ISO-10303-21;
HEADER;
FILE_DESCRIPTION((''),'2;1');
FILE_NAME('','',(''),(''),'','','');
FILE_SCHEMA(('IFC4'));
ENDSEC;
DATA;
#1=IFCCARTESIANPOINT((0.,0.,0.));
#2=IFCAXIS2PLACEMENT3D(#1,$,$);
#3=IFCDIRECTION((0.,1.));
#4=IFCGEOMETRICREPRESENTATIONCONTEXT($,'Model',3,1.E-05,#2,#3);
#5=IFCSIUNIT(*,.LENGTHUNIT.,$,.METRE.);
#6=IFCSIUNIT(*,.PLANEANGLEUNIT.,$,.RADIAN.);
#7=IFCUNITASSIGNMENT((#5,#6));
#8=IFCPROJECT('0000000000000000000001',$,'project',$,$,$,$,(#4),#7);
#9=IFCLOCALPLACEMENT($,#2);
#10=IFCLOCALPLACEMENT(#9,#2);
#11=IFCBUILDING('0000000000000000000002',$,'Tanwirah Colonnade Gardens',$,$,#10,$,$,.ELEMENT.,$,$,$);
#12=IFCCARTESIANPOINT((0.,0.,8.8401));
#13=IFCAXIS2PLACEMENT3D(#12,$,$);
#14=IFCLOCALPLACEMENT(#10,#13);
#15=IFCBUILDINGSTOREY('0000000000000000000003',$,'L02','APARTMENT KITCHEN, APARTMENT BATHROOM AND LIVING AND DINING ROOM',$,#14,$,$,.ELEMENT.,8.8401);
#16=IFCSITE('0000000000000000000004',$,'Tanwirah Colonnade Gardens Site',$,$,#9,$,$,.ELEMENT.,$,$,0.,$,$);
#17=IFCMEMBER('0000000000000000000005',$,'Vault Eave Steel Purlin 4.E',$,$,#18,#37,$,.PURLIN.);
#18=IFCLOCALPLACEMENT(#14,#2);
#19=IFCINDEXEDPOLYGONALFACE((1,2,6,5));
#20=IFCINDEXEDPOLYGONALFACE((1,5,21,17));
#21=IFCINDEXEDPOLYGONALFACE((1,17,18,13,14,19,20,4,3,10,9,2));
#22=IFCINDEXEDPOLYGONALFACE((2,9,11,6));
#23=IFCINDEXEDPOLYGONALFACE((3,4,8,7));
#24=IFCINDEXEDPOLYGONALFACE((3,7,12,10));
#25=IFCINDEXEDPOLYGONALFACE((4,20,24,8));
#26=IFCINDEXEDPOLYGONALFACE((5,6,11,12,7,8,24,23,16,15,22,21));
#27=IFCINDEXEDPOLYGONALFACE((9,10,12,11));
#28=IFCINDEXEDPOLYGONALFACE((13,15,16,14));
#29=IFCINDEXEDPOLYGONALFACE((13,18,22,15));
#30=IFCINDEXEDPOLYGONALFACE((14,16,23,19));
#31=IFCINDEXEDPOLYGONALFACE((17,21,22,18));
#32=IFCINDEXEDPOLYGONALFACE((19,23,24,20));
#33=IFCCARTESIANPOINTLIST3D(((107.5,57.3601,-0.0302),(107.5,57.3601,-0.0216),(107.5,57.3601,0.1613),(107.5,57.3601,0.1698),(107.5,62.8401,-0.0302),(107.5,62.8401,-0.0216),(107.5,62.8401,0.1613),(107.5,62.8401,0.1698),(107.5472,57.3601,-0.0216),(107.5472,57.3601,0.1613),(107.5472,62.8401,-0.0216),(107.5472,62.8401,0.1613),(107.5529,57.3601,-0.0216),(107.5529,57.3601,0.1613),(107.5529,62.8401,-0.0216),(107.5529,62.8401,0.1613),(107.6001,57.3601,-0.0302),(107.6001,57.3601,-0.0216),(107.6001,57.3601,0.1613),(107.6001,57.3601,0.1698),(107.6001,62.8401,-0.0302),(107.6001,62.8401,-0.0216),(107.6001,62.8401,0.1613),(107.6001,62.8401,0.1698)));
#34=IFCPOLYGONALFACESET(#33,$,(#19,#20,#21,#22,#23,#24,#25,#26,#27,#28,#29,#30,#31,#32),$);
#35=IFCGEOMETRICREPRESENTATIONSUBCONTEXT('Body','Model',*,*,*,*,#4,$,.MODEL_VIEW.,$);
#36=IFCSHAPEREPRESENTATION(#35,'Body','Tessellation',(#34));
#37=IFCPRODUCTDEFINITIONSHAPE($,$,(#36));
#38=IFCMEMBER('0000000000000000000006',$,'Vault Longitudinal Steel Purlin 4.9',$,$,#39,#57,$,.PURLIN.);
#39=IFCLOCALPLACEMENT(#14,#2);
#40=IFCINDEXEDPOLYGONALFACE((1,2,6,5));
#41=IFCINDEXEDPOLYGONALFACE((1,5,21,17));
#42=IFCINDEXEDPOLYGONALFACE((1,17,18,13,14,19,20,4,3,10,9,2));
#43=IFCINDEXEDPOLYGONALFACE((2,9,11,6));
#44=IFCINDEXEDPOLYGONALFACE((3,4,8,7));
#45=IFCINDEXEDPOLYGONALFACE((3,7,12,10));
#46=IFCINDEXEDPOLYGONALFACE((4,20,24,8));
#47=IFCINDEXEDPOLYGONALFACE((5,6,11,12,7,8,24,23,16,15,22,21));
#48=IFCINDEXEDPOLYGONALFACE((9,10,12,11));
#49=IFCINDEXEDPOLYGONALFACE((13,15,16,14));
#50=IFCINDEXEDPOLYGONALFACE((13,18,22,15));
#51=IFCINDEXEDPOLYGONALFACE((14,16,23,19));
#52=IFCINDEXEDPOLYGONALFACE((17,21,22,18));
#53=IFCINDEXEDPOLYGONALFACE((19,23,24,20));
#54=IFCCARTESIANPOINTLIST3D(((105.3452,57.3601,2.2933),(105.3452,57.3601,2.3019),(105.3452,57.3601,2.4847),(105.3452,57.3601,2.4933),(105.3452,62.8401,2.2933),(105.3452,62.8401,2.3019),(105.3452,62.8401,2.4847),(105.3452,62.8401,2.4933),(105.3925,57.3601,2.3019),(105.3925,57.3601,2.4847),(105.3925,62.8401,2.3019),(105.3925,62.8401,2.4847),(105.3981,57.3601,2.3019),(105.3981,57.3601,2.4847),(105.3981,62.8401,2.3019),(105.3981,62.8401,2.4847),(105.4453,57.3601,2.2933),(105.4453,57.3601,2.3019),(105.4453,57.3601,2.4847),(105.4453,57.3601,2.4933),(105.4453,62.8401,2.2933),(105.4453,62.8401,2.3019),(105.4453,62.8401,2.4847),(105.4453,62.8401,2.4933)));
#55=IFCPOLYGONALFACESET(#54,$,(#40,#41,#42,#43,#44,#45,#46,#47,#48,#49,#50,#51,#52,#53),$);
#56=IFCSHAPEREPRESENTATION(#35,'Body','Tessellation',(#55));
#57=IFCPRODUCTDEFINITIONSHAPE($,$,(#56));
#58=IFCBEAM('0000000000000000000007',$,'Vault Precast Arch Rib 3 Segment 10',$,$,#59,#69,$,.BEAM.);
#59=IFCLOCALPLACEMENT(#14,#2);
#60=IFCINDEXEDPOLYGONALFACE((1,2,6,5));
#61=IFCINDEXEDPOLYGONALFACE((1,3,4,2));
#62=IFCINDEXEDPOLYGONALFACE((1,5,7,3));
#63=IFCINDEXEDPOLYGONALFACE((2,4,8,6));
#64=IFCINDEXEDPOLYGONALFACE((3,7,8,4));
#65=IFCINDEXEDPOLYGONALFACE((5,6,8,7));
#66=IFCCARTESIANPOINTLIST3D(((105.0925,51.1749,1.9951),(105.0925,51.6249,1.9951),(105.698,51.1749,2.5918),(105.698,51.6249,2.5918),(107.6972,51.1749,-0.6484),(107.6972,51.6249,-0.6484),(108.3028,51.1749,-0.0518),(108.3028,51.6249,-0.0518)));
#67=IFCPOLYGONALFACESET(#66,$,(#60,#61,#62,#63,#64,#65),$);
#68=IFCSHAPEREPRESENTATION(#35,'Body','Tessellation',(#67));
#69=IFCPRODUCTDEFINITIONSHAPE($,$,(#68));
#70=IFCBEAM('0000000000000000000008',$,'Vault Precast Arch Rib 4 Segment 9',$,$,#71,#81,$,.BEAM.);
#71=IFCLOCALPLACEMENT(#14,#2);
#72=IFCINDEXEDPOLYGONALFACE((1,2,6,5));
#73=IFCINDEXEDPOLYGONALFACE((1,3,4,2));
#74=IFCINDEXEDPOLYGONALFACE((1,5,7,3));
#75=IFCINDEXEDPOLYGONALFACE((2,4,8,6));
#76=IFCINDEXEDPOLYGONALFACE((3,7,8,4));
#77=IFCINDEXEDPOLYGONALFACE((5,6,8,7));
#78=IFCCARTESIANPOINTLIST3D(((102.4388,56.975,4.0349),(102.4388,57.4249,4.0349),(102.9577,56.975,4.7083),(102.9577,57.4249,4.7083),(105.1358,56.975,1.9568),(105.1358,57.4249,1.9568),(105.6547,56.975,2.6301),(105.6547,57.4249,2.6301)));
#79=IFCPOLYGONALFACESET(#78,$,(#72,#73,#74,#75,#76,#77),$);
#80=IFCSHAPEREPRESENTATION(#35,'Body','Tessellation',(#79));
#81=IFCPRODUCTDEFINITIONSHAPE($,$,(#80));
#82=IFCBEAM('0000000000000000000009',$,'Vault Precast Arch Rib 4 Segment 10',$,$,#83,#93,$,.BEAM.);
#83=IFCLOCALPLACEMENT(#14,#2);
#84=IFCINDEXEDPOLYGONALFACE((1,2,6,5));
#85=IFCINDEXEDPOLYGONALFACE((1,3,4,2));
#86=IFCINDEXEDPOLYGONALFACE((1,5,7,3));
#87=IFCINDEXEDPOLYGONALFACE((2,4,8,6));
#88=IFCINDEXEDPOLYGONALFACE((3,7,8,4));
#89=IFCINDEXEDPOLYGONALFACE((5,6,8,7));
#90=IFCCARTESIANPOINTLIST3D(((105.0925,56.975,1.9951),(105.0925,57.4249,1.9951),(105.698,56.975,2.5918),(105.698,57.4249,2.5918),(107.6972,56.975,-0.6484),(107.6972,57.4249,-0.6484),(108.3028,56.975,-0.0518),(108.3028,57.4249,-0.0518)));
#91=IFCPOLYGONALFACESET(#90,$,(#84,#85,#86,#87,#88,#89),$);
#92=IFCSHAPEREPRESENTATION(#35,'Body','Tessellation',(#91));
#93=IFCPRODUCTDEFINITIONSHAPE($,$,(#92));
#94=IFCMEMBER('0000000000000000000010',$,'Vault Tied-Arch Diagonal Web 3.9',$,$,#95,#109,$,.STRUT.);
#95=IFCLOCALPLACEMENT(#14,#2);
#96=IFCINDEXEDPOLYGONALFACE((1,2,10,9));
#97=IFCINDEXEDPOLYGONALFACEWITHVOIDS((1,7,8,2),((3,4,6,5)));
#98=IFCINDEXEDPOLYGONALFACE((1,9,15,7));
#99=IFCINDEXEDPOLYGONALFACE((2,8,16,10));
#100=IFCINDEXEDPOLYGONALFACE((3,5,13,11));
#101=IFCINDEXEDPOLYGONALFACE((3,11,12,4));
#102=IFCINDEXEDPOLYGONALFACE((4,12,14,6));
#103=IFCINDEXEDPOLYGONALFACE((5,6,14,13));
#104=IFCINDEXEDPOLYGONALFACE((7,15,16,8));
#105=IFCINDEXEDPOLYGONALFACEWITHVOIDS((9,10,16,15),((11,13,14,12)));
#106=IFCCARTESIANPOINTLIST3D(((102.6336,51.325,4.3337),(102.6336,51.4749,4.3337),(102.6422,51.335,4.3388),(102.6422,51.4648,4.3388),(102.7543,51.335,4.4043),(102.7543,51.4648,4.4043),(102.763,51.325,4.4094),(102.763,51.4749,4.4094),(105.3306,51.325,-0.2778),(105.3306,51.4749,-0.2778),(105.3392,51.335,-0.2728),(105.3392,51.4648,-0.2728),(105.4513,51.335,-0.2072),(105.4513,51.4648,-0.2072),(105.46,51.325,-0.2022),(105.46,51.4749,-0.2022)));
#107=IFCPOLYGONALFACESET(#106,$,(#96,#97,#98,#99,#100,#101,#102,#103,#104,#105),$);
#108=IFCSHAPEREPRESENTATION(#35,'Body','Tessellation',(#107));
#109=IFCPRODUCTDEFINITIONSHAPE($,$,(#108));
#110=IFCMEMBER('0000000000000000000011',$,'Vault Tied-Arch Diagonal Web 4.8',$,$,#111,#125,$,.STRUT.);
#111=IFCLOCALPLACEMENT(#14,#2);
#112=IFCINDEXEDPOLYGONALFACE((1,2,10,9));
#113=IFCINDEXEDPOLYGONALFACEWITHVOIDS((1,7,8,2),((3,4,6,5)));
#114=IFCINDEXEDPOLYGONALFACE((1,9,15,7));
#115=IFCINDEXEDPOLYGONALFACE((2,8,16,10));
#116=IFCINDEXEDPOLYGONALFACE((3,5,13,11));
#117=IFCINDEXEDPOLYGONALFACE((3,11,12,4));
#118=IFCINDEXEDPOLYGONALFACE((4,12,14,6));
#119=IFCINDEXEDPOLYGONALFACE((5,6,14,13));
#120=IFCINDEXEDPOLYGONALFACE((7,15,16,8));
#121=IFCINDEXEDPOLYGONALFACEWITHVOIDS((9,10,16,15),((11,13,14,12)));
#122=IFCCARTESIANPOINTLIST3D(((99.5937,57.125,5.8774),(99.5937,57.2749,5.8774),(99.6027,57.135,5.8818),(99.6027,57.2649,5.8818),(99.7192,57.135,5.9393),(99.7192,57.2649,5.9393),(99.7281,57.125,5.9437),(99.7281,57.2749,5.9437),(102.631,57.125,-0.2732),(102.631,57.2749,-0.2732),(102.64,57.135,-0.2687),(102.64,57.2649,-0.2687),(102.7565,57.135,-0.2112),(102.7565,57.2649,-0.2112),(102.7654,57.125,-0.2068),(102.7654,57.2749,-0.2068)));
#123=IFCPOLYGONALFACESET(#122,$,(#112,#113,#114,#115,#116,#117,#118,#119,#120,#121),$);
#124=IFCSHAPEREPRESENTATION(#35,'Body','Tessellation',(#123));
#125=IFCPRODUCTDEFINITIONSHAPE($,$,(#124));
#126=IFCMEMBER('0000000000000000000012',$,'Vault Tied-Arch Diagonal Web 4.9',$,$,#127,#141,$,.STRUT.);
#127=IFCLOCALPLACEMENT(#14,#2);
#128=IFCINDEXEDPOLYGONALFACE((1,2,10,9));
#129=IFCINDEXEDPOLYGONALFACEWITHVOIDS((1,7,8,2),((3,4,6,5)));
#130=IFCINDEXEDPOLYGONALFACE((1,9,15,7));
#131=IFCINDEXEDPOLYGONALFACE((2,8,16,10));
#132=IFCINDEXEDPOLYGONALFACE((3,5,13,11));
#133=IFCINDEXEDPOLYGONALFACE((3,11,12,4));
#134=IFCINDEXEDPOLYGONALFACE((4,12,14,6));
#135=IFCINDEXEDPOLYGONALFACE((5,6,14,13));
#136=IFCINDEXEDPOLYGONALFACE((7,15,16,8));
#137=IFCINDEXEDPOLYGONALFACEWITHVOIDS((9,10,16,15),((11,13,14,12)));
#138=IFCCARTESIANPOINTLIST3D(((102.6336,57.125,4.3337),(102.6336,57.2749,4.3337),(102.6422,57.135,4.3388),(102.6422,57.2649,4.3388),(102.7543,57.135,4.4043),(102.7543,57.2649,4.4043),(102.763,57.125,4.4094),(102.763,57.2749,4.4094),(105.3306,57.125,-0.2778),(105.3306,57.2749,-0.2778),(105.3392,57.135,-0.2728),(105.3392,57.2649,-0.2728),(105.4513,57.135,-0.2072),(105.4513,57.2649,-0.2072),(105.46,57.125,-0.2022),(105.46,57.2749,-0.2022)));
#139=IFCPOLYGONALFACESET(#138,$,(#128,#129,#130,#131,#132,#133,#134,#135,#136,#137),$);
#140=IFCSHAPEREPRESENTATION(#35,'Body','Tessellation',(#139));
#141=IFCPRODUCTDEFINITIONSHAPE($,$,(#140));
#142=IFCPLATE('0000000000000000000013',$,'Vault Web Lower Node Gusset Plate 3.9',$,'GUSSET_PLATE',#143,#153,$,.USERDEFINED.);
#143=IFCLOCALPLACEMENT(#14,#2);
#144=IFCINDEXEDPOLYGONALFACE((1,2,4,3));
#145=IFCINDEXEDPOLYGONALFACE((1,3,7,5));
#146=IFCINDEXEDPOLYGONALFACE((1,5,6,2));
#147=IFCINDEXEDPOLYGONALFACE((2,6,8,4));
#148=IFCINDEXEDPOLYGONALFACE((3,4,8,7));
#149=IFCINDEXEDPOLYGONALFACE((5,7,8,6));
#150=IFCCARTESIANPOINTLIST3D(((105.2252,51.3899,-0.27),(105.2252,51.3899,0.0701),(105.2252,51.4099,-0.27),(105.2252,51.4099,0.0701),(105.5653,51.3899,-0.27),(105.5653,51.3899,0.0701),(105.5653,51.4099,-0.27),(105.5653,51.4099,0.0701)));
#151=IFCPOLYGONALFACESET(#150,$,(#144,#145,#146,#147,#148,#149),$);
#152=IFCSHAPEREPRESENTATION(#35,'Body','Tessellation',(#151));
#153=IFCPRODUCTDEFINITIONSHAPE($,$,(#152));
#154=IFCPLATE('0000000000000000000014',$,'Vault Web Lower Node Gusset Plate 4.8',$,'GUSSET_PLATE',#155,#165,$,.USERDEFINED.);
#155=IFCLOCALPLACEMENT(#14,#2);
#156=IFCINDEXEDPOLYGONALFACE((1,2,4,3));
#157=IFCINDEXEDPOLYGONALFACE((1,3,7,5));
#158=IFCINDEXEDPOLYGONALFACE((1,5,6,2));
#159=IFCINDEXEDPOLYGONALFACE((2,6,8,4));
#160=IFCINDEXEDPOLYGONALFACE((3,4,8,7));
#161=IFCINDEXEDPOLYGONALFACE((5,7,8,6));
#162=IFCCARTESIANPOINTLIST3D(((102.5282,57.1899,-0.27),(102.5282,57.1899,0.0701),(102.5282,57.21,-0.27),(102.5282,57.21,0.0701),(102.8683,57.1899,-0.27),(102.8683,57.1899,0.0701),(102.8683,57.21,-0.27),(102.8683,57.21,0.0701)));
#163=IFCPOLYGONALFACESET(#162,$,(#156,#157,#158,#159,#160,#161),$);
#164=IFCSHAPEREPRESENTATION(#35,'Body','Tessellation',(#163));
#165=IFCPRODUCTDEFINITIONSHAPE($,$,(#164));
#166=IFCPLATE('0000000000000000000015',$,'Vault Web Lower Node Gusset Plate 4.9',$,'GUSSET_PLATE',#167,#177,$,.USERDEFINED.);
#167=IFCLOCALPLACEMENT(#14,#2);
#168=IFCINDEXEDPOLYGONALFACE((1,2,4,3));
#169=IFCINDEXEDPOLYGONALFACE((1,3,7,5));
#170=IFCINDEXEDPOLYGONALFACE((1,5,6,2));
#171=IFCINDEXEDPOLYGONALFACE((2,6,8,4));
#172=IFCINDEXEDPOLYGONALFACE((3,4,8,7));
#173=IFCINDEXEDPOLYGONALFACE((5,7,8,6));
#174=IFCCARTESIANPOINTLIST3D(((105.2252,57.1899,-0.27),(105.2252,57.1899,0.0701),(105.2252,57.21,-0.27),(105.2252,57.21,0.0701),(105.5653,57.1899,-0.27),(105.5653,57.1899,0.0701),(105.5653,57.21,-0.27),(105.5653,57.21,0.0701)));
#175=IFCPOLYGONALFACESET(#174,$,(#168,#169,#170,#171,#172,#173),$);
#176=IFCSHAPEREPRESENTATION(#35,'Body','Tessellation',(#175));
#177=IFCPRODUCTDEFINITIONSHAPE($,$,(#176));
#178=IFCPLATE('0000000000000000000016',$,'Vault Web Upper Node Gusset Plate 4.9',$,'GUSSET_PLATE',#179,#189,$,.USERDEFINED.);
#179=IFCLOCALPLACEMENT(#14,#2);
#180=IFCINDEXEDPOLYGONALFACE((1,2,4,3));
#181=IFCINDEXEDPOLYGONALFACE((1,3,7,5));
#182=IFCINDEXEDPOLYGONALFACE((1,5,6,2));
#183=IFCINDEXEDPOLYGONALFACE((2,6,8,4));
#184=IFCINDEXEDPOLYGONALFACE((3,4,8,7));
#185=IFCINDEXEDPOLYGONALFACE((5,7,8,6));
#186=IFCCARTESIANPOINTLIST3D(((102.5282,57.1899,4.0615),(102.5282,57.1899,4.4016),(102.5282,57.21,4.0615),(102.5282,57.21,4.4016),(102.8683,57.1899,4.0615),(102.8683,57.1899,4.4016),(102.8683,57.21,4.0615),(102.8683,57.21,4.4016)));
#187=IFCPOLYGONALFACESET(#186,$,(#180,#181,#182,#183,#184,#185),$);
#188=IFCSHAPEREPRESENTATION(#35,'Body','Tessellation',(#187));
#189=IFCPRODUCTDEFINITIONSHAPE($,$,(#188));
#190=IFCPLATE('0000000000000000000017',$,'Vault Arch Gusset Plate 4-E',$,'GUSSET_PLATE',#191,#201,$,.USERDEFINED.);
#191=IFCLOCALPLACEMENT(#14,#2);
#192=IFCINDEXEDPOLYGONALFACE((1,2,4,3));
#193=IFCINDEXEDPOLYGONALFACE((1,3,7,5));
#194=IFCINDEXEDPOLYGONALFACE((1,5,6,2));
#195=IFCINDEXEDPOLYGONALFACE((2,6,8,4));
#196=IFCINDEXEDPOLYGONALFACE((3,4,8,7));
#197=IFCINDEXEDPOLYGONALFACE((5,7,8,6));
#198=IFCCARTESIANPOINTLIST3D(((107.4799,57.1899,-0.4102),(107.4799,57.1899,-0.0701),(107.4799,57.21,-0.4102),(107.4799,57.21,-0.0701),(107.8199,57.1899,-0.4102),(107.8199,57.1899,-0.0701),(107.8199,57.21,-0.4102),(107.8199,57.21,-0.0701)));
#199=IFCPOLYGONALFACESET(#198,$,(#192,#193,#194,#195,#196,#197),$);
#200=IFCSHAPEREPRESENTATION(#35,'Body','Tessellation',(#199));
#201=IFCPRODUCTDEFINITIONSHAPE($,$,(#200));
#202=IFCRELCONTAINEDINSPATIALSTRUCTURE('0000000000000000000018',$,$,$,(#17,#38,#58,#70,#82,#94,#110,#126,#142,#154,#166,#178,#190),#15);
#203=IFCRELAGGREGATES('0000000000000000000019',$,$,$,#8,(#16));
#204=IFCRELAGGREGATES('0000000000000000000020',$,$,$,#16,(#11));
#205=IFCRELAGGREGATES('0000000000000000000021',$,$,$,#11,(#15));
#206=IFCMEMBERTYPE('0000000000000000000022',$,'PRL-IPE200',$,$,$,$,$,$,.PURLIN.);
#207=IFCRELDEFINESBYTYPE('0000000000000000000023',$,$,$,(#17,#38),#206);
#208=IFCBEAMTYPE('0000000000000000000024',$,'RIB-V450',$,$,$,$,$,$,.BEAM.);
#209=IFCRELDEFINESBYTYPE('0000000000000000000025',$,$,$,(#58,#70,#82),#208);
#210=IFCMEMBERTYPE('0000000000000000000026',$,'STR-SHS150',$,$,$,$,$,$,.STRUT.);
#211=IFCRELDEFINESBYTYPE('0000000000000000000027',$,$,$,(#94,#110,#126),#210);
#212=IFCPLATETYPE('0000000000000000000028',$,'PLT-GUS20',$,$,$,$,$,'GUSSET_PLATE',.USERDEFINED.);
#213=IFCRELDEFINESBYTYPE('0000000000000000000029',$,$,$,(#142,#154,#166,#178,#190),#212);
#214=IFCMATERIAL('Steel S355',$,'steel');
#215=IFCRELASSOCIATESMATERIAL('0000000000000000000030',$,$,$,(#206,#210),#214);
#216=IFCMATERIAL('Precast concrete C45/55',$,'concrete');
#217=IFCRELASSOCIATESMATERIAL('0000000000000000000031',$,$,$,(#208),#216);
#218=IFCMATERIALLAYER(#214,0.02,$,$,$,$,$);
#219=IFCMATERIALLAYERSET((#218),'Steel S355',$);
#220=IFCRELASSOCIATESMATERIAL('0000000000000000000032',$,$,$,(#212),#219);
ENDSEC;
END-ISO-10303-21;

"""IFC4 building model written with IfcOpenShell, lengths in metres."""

from ifc_helpers import new_model, si_unit, direction, frame, origin, origin_2d, place, context, subcontext, project, spatial, rectangle, hollow_rectangle, i_section, extrude, material, layer, layer_set, material_profile, profile_set, type_object, element, save


model = new_model("IFC4")

# Units and contexts
model_context = context("Model", 3, precision=1e-05, world=origin(), true_north=direction((0.0, 1.0)))
body_context = subcontext(model_context, "Body", "Model", "MODEL_VIEW")
ifc_project = project(units=[si_unit("LENGTHUNIT", "METRE"), si_unit("PLANEANGLEUNIT", "RADIAN")], contexts=[model_context])

# Site, building, storey
site_placement = place(None, origin())
site = spatial("IfcSite", under=ifc_project, at=site_placement, Name="Tanwirah Colonnade Gardens Site", CompositionType="ELEMENT", RefElevation=0.0)
building_placement = place(site_placement, origin())
building = spatial("IfcBuilding", under=site, at=building_placement, Name="Tanwirah Colonnade Gardens", CompositionType="ELEMENT")
storey_placement = place(building_placement, frame((0.0, 0.0, 8.8401)))
storey = spatial("IfcBuildingStorey", under=building, at=storey_placement, Name="L02", Description="APARTMENT KITCHEN, APARTMENT BATHROOM AND LIVING AND DINING ROOM", CompositionType="ELEMENT", Elevation=8.8401)

# Members
ifc_material_1 = material(Name="Steel S355", Category="steel")
ifc_material_profile_1 = material_profile(ifc_material_1, i_section(OverallWidth=0.1001, OverallDepth=0.2, WebThickness=0.0056, FlangeThickness=0.0085, at=origin_2d()), Name="IPE 200")
ifc_profile_set_1 = profile_set([ifc_material_profile_1], Name="Steel S355")
member_type_1 = type_object("IfcMemberType", Name="PRL-IPE200", PredefinedType="PURLIN", material=ifc_profile_set_1)
for number, where, z_axis, x_axis, name in (
    (1, (107.55, 57.3601, 0.0698), (0.0, 1.0, 0.0), (-1.0, 0.0, 0.0), "Vault Eave Steel Purlin 4.E"),
    (2, (105.3953, 57.3601, 2.3933), (0.0, 1.0, 0.0), (-1.0, 0.0, 0.0), "Vault Longitudinal Steel Purlin 4.9"),
):
    element("IfcMember", number, at=place(storey_placement, frame(where, z_axis=z_axis, x_axis=x_axis)), inside=storey, type_object=member_type_1, Name=name, PredefinedType="PURLIN", context=body_context, shape_type="SweptSolid", body=[
        extrude(i_section(OverallWidth=0.1001, OverallDepth=0.2, WebThickness=0.0056, FlangeThickness=0.0085, at=origin_2d()), origin(), (0.0, 0.0, 1.0), 5.48),
    ])

# Beams
ifc_material_2 = material(Name="Precast concrete C45/55", Category="concrete")
ifc_material_profile_2 = material_profile(ifc_material_2, rectangle(XDim=0.45, YDim=0.8501, at=origin_2d()), Name="PC-RIB 450x850")
ifc_profile_set_2 = profile_set([ifc_material_profile_2], Name="Precast concrete C45/55")
beam_type = type_object("IfcBeamType", Name="RIB-V450", PredefinedType="BEAM", material=ifc_profile_set_2)
beam_1_placement = place(storey_placement, frame((105.3953, 51.3999, 2.2935), z_axis=(0.701858, 0.0, -0.712317), x_axis=(0.0, 1.0, 0.0)))
element("IfcBeam", 3, at=beam_1_placement, inside=storey, type_object=beam_type, Name="Vault Precast Arch Rib 3 Segment 10", PredefinedType="BEAM", context=body_context, shape_type="SweptSolid", body=[
    extrude(rectangle(XDim=0.45, YDim=0.8501, at=origin_2d()), origin(), (0.0, 0.0, 1.0), 3.7112),
])
beam_2_placement = place(storey_placement, frame((102.6982, 57.2, 4.3716), z_axis=(0.792128, 0.0, -0.610355), x_axis=(0.0, 1.0, 0.0)))
element("IfcBeam", 4, at=beam_2_placement, inside=storey, type_object=beam_type, Name="Vault Precast Arch Rib 4 Segment 9", PredefinedType="BEAM", context=body_context, shape_type="SweptSolid", body=[
    extrude(rectangle(XDim=0.45, YDim=0.8501, at=origin_2d()), origin(), (0.0, 0.0, 1.0), 3.4048),
])
beam_3_placement = place(storey_placement, frame((105.3953, 57.2, 2.2935), z_axis=(0.701858, 0.0, -0.712317), x_axis=(0.0, 1.0, 0.0)))
element("IfcBeam", 5, at=beam_3_placement, inside=storey, type_object=beam_type, Name="Vault Precast Arch Rib 4 Segment 10", PredefinedType="BEAM", context=body_context, shape_type="SweptSolid", body=[
    extrude(rectangle(XDim=0.45, YDim=0.8501, at=origin_2d()), origin(), (0.0, 0.0, 1.0), 3.7112),
])

# Members
ifc_material_profile_3 = material_profile(ifc_material_1, hollow_rectangle(XDim=0.1499, YDim=0.1499, WallThickness=0.01, at=origin_2d()), Name="SHS 150x150x10")
ifc_profile_set_3 = profile_set([ifc_material_profile_3], Name="Steel S355")
member_type_2 = type_object("IfcMemberType", Name="STR-SHS150", PredefinedType="STRUT", material=ifc_profile_set_3)
member_1_placement = place(storey_placement, frame((105.3953, 51.3999, -0.24), z_axis=(-0.50484, 0.0, 0.863213), x_axis=(0.0, -1.0, 0.0)))
element("IfcMember", 6, at=member_1_placement, inside=storey, type_object=member_type_2, Name="Vault Tied-Arch Diagonal Web 3.9", PredefinedType="STRUT", context=body_context, shape_type="SweptSolid", body=[
    extrude(hollow_rectangle(XDim=0.1499, YDim=0.1499, WallThickness=0.01, at=origin_2d()), origin(), (0.0, 0.0, 1.0), 5.3423),
])
member_2_placement = place(storey_placement, frame((102.6982, 57.2, -0.24), z_axis=(-0.442781, 0.0, 0.89663), x_axis=(0.0, -1.0, 0.0)))
element("IfcMember", 7, at=member_2_placement, inside=storey, type_object=member_type_2, Name="Vault Tied-Arch Diagonal Web 4.8", PredefinedType="STRUT", context=body_context, shape_type="SweptSolid", body=[
    extrude(hollow_rectangle(XDim=0.1499, YDim=0.1499, WallThickness=0.01, at=origin_2d()), origin(), (0.0, 0.0, 1.0), 6.8596),
])
member_3_placement = place(storey_placement, frame((105.3953, 57.2, -0.24), z_axis=(-0.50484, 0.0, 0.863213), x_axis=(0.0, -1.0, 0.0)))
element("IfcMember", 8, at=member_3_placement, inside=storey, type_object=member_type_2, Name="Vault Tied-Arch Diagonal Web 4.9", PredefinedType="STRUT", context=body_context, shape_type="SweptSolid", body=[
    extrude(hollow_rectangle(XDim=0.1499, YDim=0.1499, WallThickness=0.01, at=origin_2d()), origin(), (0.0, 0.0, 1.0), 5.3423),
])

# Plates
ifc_layer_1 = layer(ifc_material_1, 0.02)
ifc_layer_set_1 = layer_set([ifc_layer_1], Name="Steel S355")
plate_type_1 = type_object("IfcPlateType", Name="PLT-GUS20", ElementType="GUSSET_PLATE", PredefinedType="USERDEFINED", material=ifc_layer_set_1)
for number, where, z_axis, x_axis, name in (
    (9, (105.3953, 51.3999, -0.27), (0.0, 0.0, 1.0), (1.0, 0.0, 0.0), "Vault Web Lower Node Gusset Plate 3.9"),
    (10, (102.6982, 57.2, -0.27), (0.0, 0.0, 1.0), (1.0, 0.0, 0.0), "Vault Web Lower Node Gusset Plate 4.8"),
    (11, (105.3953, 57.2, -0.27), (0.0, 0.0, 1.0), (1.0, 0.0, 0.0), "Vault Web Lower Node Gusset Plate 4.9"),
    (12, (102.6982, 57.2, 4.0615), (0.0, 0.0, 1.0), (1.0, 0.0, 0.0), "Vault Web Upper Node Gusset Plate 4.9"),
    (13, (107.6499, 57.2, -0.4102), (0.0, 0.0, 1.0), (1.0, 0.0, 0.0), "Vault Arch Gusset Plate 4-E"),
):
    element("IfcPlate", number, at=place(storey_placement, frame(where, z_axis=z_axis, x_axis=x_axis)), inside=storey, type_object=plate_type_1, Name=name, ObjectType="GUSSET_PLATE", PredefinedType="USERDEFINED", context=body_context, shape_type="SweptSolid", body=[
        extrude(rectangle(XDim=0.3401, YDim=0.02, at=origin_2d()), origin(), (0.0, 0.0, 1.0), 0.3401),
    ])

save(model, "model.ifc")
